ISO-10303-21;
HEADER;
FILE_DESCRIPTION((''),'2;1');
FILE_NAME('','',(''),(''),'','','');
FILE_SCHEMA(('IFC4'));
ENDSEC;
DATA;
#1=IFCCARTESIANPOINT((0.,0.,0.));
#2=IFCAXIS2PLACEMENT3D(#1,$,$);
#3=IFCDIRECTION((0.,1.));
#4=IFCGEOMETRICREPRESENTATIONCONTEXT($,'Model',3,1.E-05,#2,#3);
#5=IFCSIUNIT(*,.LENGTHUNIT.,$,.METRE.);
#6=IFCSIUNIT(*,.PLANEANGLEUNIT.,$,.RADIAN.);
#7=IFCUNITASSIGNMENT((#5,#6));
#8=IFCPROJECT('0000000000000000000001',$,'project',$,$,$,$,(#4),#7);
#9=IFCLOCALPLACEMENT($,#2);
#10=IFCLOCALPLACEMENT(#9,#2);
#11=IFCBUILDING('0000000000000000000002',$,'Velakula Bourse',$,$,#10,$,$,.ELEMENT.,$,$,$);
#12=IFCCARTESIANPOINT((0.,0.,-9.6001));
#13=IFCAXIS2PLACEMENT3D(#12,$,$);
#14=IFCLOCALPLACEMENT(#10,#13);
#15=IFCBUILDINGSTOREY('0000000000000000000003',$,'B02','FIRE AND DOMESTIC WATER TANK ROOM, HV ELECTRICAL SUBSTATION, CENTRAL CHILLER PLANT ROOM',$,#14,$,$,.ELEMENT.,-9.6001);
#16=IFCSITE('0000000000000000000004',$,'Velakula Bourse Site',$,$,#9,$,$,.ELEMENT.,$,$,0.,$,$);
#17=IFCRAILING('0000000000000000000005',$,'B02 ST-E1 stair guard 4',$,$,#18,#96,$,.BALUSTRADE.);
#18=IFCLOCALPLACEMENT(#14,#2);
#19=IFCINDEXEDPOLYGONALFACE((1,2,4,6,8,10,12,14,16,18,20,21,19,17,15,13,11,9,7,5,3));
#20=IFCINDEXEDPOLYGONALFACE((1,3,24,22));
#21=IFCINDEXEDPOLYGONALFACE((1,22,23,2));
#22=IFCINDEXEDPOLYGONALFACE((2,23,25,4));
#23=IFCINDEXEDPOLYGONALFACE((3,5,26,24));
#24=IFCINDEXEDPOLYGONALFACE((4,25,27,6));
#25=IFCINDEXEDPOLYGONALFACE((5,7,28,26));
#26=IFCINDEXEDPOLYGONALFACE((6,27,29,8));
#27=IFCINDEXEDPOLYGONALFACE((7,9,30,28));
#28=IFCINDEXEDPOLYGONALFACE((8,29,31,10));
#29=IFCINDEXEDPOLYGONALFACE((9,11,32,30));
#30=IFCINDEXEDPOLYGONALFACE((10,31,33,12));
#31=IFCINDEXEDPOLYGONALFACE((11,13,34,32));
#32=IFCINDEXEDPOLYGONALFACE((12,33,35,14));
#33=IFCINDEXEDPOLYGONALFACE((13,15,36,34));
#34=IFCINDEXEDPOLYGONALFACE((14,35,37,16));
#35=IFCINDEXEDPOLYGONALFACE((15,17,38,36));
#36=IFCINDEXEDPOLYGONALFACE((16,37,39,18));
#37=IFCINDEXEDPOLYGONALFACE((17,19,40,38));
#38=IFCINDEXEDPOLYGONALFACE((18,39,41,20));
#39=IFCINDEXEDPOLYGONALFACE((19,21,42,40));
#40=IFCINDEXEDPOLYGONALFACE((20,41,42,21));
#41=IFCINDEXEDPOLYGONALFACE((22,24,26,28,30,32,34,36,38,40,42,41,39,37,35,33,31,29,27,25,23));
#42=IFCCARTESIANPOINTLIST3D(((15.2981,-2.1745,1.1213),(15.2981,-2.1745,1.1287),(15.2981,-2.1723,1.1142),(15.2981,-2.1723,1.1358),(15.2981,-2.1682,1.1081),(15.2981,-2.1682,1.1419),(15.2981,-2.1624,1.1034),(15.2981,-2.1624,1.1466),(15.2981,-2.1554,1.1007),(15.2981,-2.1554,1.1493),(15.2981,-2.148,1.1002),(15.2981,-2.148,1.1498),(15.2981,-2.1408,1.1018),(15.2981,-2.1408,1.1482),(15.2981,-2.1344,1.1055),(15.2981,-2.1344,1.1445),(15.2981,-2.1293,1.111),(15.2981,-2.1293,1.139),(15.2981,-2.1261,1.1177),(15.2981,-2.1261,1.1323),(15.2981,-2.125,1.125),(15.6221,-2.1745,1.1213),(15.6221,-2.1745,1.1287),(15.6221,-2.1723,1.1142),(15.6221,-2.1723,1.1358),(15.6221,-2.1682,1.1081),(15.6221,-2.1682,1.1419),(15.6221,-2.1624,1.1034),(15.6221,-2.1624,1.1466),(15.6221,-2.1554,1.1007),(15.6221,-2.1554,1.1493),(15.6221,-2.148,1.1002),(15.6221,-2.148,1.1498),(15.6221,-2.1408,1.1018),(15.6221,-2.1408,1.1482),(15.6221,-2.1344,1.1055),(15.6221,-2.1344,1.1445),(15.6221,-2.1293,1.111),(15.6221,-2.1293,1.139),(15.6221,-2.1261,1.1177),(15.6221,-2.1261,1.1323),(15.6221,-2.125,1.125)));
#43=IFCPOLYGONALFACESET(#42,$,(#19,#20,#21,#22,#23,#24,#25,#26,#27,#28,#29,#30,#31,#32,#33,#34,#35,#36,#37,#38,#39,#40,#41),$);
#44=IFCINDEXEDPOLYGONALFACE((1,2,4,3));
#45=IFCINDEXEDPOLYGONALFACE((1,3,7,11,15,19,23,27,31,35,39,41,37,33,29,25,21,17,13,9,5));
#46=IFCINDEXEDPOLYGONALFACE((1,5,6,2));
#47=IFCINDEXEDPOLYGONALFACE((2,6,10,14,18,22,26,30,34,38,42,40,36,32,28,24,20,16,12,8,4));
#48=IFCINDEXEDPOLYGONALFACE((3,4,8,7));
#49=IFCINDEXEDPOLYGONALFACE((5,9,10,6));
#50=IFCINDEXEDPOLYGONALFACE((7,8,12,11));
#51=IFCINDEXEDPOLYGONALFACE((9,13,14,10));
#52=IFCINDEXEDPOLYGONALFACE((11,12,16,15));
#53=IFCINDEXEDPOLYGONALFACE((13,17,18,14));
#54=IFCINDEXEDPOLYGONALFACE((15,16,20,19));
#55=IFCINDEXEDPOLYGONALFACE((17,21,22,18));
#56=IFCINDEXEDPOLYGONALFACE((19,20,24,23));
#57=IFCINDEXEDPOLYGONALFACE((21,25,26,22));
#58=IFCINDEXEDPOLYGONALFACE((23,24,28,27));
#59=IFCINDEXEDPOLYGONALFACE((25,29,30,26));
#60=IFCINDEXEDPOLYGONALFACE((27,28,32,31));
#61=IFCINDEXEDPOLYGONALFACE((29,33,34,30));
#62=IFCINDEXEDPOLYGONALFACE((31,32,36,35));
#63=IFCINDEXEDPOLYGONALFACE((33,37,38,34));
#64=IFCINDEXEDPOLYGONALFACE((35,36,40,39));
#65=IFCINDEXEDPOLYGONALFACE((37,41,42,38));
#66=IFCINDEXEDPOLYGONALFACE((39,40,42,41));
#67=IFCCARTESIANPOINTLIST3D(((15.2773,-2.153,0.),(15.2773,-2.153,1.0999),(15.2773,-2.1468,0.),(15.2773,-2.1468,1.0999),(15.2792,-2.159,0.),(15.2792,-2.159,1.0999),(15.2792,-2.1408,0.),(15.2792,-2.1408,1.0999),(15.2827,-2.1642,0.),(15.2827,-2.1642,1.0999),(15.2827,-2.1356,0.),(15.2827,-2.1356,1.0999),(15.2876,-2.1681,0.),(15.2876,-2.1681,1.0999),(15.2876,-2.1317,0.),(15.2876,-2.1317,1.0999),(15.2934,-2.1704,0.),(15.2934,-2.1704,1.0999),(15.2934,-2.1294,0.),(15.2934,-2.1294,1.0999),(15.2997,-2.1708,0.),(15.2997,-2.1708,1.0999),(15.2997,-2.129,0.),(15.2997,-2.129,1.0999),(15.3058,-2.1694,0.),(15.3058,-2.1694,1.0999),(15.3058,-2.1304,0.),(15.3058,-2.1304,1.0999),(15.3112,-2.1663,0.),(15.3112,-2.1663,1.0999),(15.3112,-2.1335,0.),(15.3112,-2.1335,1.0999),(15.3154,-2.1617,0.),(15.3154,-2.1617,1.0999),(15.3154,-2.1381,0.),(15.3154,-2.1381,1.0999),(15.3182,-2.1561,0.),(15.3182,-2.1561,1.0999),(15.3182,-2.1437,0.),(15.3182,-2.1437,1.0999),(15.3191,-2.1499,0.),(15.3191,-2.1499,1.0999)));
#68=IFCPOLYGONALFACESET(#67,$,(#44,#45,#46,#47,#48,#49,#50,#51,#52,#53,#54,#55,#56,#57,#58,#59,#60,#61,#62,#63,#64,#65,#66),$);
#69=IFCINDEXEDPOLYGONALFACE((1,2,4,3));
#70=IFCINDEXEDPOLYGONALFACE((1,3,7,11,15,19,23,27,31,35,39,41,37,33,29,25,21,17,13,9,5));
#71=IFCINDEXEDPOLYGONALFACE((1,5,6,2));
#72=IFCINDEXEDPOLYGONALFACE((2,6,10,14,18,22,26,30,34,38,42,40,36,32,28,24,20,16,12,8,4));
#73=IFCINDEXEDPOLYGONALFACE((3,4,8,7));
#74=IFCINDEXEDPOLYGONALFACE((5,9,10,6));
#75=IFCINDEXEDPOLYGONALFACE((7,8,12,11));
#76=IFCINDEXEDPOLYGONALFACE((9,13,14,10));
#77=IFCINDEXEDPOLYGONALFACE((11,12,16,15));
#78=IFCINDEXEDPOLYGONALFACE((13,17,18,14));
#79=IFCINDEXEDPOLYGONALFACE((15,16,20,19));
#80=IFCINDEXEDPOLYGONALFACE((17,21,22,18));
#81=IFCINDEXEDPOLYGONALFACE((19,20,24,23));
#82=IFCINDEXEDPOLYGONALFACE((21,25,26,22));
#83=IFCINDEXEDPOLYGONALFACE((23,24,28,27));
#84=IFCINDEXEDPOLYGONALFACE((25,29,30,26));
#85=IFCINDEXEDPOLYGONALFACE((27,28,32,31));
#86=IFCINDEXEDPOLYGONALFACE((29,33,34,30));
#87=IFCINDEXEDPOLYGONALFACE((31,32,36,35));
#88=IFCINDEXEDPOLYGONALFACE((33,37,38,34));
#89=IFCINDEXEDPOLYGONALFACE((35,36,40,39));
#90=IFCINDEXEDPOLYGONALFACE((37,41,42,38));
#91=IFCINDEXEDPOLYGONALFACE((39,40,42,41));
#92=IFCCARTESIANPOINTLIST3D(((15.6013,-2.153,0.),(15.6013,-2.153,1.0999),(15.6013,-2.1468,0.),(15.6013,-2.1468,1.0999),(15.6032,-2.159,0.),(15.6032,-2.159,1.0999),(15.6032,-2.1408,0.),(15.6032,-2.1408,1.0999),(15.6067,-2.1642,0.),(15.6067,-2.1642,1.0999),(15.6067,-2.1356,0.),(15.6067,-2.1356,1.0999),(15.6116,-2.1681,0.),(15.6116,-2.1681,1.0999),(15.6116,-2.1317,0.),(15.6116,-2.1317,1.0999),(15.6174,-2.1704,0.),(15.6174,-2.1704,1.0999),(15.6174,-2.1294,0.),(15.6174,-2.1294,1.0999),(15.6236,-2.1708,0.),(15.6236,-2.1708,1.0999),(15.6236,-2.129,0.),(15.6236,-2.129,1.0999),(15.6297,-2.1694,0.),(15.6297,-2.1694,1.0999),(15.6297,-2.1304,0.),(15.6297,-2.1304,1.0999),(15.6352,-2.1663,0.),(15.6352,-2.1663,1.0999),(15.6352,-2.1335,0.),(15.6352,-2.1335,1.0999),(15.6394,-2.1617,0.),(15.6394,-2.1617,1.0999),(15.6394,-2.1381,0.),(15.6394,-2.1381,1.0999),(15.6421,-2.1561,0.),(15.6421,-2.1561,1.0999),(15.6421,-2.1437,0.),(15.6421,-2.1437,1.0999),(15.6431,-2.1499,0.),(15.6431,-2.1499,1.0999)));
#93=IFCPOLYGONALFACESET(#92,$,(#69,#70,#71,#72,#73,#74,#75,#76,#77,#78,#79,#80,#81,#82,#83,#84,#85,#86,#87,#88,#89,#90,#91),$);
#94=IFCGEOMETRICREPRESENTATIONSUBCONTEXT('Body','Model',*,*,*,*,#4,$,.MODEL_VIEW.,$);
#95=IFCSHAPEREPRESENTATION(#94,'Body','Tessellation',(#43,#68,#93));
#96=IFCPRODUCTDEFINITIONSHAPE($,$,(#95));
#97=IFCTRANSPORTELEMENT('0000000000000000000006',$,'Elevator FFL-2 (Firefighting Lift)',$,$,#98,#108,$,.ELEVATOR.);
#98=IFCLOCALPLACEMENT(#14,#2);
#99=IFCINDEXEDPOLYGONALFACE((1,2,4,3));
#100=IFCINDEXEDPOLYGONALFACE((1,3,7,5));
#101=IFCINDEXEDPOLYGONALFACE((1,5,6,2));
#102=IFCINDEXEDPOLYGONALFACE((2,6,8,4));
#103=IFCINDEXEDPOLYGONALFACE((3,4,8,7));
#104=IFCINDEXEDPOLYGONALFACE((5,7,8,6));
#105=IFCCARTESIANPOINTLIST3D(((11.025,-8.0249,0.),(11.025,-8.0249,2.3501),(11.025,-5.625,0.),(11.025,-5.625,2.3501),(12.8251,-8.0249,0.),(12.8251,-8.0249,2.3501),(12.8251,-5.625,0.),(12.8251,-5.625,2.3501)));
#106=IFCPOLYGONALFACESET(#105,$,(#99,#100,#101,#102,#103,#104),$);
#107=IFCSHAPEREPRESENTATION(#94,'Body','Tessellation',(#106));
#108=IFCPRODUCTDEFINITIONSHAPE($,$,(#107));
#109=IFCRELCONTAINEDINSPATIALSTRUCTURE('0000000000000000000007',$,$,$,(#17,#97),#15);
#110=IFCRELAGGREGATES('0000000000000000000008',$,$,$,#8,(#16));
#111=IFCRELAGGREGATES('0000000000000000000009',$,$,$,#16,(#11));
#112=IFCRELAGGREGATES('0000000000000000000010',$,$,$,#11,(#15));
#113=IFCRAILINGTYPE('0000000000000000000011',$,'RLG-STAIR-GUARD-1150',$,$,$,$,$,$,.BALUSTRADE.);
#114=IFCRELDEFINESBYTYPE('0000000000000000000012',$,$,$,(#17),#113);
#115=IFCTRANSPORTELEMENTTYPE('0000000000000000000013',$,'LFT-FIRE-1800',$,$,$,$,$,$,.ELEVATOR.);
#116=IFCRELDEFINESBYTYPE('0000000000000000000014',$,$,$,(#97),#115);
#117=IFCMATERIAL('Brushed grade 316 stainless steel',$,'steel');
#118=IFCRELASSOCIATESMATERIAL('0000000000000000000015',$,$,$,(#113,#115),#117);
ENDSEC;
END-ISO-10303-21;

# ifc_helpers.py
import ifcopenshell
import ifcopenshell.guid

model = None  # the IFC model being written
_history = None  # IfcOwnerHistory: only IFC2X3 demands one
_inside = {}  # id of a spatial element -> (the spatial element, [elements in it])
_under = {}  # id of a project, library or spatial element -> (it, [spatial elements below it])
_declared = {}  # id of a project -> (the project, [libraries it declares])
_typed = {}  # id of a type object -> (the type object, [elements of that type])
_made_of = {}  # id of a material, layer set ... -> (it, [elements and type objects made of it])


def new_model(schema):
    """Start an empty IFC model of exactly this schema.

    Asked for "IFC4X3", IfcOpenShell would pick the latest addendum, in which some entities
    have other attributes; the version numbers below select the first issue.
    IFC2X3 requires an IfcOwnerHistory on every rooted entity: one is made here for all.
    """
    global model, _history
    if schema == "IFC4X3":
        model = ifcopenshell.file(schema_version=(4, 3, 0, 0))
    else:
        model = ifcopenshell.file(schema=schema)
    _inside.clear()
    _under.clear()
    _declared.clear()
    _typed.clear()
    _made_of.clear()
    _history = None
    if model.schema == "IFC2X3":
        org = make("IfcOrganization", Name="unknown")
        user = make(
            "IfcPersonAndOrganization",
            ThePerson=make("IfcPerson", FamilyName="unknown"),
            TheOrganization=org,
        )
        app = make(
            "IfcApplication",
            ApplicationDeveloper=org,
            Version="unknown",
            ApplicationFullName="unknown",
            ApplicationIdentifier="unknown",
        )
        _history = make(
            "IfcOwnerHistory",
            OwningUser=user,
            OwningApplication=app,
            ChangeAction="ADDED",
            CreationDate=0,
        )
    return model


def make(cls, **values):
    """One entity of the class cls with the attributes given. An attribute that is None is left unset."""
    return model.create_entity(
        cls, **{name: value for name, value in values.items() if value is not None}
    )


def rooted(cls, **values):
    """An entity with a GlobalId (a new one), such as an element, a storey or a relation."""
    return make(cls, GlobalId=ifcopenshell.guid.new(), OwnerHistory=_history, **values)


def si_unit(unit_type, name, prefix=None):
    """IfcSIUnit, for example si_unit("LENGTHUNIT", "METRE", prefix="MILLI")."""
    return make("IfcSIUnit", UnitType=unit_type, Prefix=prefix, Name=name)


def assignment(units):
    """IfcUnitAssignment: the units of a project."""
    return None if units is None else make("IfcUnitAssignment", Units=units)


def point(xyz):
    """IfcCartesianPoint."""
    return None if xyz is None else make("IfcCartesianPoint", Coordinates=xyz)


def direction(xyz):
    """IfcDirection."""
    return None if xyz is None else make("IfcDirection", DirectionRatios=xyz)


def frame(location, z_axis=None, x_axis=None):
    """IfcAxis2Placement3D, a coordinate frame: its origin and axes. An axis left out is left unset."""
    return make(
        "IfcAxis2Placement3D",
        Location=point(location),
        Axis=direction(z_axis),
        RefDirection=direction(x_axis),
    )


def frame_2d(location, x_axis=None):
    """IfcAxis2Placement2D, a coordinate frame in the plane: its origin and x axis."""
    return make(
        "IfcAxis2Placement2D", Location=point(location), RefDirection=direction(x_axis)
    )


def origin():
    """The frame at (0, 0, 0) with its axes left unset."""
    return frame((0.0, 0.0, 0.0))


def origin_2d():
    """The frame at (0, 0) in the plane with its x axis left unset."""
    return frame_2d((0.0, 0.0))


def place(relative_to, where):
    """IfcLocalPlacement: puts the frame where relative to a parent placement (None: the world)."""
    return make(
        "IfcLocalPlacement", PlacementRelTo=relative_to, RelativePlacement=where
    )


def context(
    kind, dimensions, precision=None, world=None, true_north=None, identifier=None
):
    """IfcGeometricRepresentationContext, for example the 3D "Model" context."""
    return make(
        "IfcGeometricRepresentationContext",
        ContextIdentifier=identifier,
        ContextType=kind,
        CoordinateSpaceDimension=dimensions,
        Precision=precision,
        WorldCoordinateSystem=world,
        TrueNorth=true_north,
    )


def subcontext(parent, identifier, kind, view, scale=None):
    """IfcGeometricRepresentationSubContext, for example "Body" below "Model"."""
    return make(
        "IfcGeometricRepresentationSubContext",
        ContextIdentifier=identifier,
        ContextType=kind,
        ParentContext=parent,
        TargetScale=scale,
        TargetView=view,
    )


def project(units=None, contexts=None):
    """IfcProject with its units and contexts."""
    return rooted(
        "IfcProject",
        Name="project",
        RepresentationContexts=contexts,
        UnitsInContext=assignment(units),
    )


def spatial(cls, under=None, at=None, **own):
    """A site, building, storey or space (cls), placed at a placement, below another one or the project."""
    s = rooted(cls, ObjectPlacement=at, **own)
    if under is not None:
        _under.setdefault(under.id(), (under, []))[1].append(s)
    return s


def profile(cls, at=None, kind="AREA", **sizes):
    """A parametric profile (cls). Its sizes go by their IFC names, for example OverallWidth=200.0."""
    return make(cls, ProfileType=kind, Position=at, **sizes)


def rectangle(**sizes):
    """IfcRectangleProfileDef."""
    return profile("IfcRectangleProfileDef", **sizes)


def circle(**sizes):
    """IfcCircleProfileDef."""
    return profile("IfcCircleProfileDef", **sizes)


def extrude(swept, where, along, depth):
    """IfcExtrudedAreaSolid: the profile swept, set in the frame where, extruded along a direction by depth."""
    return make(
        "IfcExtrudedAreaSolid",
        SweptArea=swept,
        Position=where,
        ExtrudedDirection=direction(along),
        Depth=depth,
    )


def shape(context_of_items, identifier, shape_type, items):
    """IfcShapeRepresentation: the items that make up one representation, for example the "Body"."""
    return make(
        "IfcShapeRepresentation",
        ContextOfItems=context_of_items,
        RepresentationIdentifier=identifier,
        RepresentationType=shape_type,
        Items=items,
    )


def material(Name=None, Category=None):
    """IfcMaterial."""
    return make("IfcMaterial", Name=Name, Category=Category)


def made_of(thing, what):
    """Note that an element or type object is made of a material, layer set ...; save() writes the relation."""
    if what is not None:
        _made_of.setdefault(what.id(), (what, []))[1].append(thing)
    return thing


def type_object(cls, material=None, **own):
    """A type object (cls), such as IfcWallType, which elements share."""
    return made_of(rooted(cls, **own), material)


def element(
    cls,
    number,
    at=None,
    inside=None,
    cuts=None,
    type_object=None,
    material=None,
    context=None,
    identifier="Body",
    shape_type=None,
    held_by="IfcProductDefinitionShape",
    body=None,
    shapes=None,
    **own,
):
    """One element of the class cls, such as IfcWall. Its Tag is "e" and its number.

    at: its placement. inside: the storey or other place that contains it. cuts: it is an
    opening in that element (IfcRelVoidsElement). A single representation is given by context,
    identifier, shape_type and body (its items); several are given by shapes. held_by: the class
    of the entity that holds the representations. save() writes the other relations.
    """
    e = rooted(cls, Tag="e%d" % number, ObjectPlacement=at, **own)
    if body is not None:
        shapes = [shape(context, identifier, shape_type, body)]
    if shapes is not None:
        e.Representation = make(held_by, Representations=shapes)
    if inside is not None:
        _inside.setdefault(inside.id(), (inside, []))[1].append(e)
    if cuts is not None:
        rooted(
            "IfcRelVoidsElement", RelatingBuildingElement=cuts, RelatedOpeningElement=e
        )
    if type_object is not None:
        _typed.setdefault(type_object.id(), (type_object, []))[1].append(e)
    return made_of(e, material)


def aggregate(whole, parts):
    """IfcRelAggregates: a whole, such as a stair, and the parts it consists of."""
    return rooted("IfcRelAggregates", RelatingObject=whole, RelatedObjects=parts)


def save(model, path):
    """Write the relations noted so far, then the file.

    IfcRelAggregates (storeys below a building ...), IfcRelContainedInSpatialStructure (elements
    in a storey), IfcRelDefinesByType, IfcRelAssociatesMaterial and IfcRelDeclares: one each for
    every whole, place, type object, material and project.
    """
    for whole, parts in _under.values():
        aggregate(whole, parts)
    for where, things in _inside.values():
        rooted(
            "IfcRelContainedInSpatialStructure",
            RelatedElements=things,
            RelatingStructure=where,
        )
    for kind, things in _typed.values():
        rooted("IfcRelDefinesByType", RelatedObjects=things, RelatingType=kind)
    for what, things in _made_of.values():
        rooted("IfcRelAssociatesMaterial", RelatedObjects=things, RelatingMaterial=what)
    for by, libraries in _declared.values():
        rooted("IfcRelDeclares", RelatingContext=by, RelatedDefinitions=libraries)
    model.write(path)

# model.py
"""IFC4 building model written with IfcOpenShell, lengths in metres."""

from ifc_helpers import new_model, si_unit, direction, frame, origin, origin_2d, place, context, subcontext, project, spatial, rectangle, circle, extrude, material, type_object, element, save


model = new_model("IFC4")

# Units and contexts
model_context = context("Model", 3, precision=1e-05, world=origin(), true_north=direction((0.0, 1.0)))
body_context = subcontext(model_context, "Body", "Model", "MODEL_VIEW")
ifc_project = project(units=[si_unit("LENGTHUNIT", "METRE"), si_unit("PLANEANGLEUNIT", "RADIAN")], contexts=[model_context])

# Site, building, storey
site_placement = place(None, origin())
site = spatial("IfcSite", under=ifc_project, at=site_placement, Name="Velakula Bourse Site", CompositionType="ELEMENT", RefElevation=0.0)
building_placement = place(site_placement, origin())
building = spatial("IfcBuilding", under=site, at=building_placement, Name="Velakula Bourse", CompositionType="ELEMENT")
storey_placement = place(building_placement, frame((0.0, 0.0, -9.6001)))
storey = spatial("IfcBuildingStorey", under=building, at=storey_placement, Name="B02", Description="FIRE AND DOMESTIC WATER TANK ROOM, HV ELECTRICAL SUBSTATION, CENTRAL CHILLER PLANT ROOM", CompositionType="ELEMENT", Elevation=-9.6001)

# Shared definitions
ifc_material_1 = material(Name="Brushed grade 316 stainless steel", Category="steel")

# Railing
railing_type_1 = type_object("IfcRailingType", Name="RLG-STAIR-GUARD-1150", PredefinedType="BALUSTRADE", material=ifc_material_1)
railing_1_placement = place(storey_placement, frame((15.2981, -2.1499, 0.0)))
element("IfcRailing", 1, at=railing_1_placement, inside=storey, type_object=railing_type_1, Name="B02 ST-E1 stair guard 4", PredefinedType="BALUSTRADE", context=body_context, shape_type="SweptSolid", body=[
    extrude(circle(Radius=0.0249, at=origin_2d()), frame((0.0, 0.0, 1.125), z_axis=(1.0, 0.0, 0.0), x_axis=(0.0, 1.0, 0.0)), (0.0, 0.0, 1.0), 0.324),
    extrude(circle(Radius=0.021, at=origin_2d()), origin(), (0.0, 0.0, 1.0), 1.0999),
    extrude(circle(Radius=0.021, at=origin_2d()), frame((0.324, 0.0, 0.0)), (0.0, 0.0, 1.0), 1.0999),
])

# Transport element
transport_element_type = type_object("IfcTransportElementType", Name="LFT-FIRE-1800", PredefinedType="ELEVATOR", material=ifc_material_1)
transport_element_placement = place(storey_placement, frame((11.925, -6.825, 0.0), z_axis=(0.0, 0.0, 1.0), x_axis=(1.0, 0.0, 0.0)))
element("IfcTransportElement", 2, at=transport_element_placement, inside=storey, type_object=transport_element_type, Name="Elevator FFL-2 (Firefighting Lift)", PredefinedType="ELEVATOR", context=body_context, shape_type="SweptSolid", body=[
    extrude(rectangle(XDim=1.8, YDim=2.3999, at=origin_2d()), origin(), (0.0, 0.0, 1.0), 2.3501),
])

save(model, "model.ifc")
